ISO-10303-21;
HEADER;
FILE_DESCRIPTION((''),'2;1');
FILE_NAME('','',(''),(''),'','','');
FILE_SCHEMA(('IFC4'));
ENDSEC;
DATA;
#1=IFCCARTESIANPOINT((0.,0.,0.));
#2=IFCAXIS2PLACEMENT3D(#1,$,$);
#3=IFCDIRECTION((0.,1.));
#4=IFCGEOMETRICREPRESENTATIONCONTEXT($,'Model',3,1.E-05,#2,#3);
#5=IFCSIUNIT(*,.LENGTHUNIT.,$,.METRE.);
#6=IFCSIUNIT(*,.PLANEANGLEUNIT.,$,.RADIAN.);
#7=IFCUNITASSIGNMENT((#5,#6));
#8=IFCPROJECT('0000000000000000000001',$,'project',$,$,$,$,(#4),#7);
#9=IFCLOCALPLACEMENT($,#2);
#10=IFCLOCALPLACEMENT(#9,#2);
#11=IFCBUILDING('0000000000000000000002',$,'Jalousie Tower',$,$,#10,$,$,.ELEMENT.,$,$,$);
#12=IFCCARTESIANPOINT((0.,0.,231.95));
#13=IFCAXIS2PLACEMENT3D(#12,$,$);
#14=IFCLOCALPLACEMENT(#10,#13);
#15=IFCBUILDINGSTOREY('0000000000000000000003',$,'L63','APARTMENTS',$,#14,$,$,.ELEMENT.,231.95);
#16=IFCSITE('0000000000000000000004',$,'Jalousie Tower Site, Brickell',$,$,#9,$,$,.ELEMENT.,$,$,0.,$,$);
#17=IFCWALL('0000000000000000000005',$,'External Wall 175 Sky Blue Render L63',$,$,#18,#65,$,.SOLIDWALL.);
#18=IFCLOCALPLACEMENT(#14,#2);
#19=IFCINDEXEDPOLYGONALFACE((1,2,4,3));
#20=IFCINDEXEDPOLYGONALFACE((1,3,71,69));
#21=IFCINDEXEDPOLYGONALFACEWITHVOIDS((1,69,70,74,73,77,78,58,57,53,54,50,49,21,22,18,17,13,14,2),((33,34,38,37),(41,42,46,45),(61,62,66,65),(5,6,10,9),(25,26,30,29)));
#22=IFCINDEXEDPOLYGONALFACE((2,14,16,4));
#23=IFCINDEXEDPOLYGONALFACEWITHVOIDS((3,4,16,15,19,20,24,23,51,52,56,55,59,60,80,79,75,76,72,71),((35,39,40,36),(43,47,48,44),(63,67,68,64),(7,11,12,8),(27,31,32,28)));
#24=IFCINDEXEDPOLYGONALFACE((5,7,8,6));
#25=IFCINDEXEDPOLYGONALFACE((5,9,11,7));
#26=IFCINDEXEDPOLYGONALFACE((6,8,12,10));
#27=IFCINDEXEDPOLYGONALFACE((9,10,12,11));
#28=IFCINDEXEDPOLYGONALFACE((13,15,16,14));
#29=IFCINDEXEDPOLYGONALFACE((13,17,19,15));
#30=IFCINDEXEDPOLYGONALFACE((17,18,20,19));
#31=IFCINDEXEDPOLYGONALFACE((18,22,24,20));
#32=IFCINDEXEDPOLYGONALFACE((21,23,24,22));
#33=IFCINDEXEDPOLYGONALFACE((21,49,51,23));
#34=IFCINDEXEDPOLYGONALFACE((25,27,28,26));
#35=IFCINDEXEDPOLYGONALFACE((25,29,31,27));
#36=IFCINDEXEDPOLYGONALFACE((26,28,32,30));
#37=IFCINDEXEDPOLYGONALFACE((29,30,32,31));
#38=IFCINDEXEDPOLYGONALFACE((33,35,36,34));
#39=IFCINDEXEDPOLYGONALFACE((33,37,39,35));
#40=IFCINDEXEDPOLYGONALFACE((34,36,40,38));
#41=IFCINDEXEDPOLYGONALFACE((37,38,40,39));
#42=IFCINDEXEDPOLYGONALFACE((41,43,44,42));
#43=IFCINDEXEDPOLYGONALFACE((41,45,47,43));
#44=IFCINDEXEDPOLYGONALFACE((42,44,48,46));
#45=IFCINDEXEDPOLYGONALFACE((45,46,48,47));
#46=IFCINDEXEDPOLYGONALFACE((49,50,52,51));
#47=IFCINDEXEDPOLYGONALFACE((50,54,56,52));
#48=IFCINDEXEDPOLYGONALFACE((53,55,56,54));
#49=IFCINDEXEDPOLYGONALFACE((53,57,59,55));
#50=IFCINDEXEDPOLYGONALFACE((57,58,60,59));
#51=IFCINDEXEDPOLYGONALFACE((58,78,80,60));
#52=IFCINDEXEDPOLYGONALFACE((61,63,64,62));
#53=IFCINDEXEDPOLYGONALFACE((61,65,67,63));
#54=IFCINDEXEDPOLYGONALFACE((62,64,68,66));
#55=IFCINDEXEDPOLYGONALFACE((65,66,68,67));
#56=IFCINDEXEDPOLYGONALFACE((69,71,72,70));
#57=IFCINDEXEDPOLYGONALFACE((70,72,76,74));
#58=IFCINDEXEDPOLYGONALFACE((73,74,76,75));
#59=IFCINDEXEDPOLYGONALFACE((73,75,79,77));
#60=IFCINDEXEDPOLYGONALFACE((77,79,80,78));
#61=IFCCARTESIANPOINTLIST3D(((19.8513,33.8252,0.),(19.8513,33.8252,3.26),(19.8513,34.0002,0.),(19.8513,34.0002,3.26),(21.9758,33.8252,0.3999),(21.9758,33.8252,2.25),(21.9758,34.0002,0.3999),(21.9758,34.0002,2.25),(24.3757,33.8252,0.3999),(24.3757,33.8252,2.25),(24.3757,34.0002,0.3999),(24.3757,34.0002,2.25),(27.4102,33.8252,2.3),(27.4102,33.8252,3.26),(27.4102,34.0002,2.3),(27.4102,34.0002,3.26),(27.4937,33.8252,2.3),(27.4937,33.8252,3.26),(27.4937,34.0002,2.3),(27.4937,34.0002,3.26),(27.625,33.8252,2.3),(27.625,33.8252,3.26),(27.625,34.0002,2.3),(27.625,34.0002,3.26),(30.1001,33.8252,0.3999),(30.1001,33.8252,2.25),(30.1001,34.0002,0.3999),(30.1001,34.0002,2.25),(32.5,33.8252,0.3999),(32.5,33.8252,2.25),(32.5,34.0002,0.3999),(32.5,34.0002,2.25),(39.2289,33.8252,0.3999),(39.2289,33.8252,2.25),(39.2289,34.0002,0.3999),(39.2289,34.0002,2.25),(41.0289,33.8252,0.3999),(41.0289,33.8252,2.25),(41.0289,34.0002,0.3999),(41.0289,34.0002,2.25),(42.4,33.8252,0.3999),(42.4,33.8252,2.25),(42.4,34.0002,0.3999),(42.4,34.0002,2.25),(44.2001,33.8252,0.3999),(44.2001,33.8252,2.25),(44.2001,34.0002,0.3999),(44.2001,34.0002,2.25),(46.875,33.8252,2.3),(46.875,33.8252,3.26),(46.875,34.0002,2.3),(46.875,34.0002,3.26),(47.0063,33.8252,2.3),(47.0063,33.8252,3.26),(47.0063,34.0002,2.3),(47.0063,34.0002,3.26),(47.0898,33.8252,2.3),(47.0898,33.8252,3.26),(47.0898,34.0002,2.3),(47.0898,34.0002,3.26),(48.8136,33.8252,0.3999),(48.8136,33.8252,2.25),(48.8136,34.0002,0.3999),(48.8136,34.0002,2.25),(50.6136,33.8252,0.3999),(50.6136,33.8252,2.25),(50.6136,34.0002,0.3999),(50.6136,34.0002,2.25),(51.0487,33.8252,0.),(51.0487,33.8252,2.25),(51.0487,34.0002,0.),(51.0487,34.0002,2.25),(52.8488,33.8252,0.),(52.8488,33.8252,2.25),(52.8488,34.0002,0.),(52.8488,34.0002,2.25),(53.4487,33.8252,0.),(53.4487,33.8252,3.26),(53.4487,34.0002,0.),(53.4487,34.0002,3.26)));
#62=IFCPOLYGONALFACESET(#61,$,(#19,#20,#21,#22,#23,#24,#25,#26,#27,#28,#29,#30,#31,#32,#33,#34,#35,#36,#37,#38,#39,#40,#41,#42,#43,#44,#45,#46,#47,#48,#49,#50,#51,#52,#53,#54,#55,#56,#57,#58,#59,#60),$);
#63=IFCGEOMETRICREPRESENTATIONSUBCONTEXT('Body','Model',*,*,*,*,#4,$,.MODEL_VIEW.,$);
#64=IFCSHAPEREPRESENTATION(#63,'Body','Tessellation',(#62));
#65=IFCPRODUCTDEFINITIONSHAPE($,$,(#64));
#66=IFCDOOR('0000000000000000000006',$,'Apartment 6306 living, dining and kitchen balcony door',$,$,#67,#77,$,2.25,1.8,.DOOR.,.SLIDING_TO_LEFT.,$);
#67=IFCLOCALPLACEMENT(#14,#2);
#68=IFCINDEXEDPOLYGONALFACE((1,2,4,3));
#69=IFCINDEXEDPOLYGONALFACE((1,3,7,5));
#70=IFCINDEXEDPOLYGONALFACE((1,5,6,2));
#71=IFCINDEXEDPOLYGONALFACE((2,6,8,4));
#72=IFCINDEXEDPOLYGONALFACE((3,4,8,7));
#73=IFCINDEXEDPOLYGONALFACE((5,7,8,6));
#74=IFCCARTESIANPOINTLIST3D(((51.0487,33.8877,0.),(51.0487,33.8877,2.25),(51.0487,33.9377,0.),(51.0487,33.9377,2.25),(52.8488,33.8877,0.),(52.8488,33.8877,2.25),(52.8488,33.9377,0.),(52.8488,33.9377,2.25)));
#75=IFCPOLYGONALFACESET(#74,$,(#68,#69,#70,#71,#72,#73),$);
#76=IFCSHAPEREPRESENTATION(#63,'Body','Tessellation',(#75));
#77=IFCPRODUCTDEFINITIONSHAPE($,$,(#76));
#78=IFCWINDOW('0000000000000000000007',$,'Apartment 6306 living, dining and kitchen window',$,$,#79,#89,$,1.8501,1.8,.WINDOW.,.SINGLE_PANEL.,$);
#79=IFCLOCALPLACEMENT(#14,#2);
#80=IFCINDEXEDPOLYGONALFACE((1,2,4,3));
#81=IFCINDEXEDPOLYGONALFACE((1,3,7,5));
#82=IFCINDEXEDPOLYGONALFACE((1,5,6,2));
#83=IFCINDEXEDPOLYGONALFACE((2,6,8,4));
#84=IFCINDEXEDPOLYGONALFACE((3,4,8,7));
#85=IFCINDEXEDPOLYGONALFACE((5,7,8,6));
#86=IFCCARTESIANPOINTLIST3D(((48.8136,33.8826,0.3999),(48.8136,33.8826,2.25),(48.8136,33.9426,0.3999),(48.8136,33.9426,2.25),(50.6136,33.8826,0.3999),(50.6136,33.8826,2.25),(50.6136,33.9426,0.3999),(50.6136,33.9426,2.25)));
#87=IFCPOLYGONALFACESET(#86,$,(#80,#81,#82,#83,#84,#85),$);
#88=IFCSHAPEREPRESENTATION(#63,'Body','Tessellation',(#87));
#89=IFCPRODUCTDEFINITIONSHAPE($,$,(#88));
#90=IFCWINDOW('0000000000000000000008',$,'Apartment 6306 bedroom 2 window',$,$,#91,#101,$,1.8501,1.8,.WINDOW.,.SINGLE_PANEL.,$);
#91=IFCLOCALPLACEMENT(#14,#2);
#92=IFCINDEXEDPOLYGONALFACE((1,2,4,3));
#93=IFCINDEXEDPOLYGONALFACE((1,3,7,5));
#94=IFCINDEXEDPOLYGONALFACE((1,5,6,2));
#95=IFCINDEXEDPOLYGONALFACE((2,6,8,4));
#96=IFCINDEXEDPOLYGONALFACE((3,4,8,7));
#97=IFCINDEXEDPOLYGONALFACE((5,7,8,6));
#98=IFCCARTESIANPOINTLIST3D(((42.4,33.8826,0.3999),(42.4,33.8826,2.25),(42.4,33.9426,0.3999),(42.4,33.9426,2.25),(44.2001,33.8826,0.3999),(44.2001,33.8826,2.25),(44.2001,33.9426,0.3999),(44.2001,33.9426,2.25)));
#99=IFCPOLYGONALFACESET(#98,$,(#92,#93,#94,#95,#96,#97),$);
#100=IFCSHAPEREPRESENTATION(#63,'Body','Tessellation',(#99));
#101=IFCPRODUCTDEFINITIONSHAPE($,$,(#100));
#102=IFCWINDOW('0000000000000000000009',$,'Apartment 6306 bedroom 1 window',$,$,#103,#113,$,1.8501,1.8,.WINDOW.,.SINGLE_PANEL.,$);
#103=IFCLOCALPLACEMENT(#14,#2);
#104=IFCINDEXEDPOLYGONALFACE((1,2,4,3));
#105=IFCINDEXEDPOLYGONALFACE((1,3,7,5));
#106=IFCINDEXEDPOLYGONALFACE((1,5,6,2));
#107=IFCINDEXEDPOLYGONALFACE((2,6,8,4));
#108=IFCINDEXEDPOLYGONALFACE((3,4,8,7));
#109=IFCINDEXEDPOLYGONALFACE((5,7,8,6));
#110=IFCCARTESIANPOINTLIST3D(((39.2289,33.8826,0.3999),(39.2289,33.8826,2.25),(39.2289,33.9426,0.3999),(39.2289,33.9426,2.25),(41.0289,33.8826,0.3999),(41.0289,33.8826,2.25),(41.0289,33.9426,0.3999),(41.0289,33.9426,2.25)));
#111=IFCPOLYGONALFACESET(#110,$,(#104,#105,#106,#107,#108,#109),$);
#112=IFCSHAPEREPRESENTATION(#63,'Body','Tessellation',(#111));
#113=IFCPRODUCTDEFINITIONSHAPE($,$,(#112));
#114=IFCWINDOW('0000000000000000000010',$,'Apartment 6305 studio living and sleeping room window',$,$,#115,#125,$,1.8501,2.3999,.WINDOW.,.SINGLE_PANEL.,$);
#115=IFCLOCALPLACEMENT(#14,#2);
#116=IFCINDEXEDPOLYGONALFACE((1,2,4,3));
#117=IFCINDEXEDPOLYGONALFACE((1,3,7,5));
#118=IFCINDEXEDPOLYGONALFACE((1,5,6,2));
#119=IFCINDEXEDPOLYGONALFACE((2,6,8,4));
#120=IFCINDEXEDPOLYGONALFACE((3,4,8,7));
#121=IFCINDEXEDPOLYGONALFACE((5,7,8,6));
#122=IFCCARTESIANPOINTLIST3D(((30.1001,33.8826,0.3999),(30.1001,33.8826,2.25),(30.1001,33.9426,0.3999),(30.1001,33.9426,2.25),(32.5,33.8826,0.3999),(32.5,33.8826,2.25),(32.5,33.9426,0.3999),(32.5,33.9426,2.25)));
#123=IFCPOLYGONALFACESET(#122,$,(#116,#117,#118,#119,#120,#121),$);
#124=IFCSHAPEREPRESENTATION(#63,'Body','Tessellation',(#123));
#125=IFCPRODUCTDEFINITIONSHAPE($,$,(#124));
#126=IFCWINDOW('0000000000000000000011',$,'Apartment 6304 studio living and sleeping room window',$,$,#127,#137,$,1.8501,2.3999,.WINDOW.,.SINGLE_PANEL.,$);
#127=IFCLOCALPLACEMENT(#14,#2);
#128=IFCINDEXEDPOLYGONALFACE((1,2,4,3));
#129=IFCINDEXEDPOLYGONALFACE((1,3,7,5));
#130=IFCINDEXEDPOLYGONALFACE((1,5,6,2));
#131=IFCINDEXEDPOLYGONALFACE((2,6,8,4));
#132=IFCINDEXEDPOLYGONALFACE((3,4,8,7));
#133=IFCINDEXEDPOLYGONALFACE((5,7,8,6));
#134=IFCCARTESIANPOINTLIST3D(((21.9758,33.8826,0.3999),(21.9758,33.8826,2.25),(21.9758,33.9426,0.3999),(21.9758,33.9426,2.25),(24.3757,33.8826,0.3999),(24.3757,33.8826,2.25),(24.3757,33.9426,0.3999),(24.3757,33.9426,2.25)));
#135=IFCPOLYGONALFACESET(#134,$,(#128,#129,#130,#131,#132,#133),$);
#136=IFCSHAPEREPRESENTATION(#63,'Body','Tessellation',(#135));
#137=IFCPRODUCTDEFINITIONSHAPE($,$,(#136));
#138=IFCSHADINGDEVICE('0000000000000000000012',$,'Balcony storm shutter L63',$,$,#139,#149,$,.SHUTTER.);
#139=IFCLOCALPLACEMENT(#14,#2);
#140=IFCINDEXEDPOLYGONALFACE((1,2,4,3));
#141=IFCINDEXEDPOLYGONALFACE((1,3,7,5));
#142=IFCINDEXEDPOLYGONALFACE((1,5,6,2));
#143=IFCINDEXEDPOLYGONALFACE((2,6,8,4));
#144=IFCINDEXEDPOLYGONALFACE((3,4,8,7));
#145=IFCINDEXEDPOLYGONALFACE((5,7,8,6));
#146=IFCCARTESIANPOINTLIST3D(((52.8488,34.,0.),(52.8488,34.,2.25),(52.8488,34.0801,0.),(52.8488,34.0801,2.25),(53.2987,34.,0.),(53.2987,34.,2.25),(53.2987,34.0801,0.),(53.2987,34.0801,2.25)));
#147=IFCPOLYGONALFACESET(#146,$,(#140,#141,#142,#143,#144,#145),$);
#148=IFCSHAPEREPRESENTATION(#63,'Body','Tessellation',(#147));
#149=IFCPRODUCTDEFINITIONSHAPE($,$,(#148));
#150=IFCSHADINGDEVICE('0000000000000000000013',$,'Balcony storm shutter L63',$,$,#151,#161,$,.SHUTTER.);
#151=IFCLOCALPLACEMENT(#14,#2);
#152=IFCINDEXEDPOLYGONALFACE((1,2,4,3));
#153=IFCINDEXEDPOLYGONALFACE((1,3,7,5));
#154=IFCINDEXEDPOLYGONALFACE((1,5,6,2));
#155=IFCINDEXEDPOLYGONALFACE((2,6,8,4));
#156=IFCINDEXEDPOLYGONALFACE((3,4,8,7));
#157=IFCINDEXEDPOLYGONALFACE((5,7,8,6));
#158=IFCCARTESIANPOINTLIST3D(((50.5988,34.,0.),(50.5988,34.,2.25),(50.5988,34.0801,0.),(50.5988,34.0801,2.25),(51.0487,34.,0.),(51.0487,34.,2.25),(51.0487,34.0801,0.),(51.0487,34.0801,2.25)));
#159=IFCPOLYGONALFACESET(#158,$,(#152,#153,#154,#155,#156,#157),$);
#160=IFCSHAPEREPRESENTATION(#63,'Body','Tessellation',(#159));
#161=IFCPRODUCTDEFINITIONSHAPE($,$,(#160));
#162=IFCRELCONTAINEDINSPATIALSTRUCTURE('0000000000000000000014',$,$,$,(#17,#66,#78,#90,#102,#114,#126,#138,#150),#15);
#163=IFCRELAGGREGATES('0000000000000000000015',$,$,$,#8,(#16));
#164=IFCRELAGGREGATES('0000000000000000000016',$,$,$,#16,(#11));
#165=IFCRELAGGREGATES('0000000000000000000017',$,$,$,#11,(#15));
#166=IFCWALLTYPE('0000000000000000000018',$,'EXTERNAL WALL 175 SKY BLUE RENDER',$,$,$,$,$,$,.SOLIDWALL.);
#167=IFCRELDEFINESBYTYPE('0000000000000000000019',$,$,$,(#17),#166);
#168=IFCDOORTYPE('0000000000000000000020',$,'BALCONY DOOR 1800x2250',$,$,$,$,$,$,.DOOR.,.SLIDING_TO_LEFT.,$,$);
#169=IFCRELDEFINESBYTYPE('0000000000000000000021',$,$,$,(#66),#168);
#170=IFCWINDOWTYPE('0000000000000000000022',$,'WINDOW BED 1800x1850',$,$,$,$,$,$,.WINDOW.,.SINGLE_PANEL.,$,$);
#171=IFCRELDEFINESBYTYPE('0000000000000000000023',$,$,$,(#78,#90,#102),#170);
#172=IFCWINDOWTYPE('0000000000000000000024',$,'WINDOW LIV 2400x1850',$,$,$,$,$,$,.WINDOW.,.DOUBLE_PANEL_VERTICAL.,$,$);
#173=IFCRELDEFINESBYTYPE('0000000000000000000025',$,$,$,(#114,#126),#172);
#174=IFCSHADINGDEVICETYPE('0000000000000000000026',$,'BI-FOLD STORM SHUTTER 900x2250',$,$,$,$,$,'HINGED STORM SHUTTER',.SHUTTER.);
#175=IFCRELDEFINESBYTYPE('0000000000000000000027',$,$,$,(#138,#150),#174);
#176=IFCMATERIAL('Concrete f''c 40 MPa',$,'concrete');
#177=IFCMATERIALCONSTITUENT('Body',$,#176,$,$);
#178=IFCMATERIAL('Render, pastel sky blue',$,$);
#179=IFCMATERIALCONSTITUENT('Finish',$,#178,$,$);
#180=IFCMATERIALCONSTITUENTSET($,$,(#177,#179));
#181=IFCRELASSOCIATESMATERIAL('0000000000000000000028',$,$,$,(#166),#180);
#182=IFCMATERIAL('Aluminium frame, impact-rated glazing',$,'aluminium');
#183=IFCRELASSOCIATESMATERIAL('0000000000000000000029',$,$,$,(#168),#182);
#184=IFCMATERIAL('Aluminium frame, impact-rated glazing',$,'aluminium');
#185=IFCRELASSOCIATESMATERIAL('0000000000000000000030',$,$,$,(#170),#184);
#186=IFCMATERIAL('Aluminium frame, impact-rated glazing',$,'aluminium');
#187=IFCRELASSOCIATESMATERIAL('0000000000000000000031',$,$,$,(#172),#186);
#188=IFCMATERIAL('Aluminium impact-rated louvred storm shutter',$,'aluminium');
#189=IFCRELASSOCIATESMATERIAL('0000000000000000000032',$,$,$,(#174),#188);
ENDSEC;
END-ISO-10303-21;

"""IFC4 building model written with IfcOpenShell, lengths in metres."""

from ifc_helpers import new_model, si_unit, direction, frame, frame_2d, origin, origin_2d, place, context, subcontext, project, spatial, polyline, rectangle, outline, extrude, material, constituent, constituent_set, type_object, element, fill, save


model = new_model("IFC4")

# Units and contexts
model_context = context("Model", 3, precision=1e-05, world=origin(), true_north=direction((0.0, 1.0)))
body_context = subcontext(model_context, "Body", "Model", "MODEL_VIEW")
ifc_project = project(units=[si_unit("LENGTHUNIT", "METRE"), si_unit("PLANEANGLEUNIT", "RADIAN")], contexts=[model_context])

# Site, building, storey
site_placement = place(None, origin())
site = spatial("IfcSite", under=ifc_project, at=site_placement, Name="Jalousie Tower Site, Brickell", CompositionType="ELEMENT", RefElevation=0.0)
building_placement = place(site_placement, origin())
building = spatial("IfcBuilding", under=site, at=building_placement, Name="Jalousie Tower", CompositionType="ELEMENT")
storey_placement = place(building_placement, frame((0.0, 0.0, 231.95)))
storey = spatial("IfcBuildingStorey", under=building, at=storey_placement, Name="L63", Description="APARTMENTS", CompositionType="ELEMENT", Elevation=231.95)

# Wall, openings, door, windows
ifc_material_1 = material(Name="Concrete f'c 40 MPa", Category="concrete")
ifc_constituent_1 = constituent(ifc_material_1, Name="Body")
ifc_material_2 = material(Name="Render, pastel sky blue")
ifc_constituent_2 = constituent(ifc_material_2, Name="Finish")
ifc_constituent_set_1 = constituent_set(constituents=[ifc_constituent_1, ifc_constituent_2])
wall_type_1 = type_object("IfcWallType", Name="EXTERNAL WALL 175 SKY BLUE RENDER", PredefinedType="SOLIDWALL", material=ifc_constituent_set_1)
wall_1_placement = place(storey_placement, frame((53.4487, 33.9126, 0.0), z_axis=(0.0, 0.0, 1.0), x_axis=(-1.0, 0.0, 0.0)))
wall_1 = element("IfcWall", 1, at=wall_1_placement, inside=storey, type_object=wall_type_1, Name="External Wall 175 Sky Blue Render L63", PredefinedType="SOLIDWALL", context=body_context, shape_type="SweptSolid", body=[
    extrude(outline(polyline([(0.0, 0.0), (33.5974, 0.0), (33.5974, 3.26), (26.0386, 3.26), (26.0386, 2.3), (25.9551, 2.3), (25.9551, 3.26), (25.8237, 3.26), (25.8237, 2.3), (6.5737, 2.3), (6.5737, 3.26), (6.4424, 3.26), (6.4424, 2.3), (6.3589, 2.3), (6.3589, 3.26), (0.0, 3.26), (0.0, 0.0)])), frame((0.0, 0.0874, 0.0), z_axis=(0.0, -1.0, 0.0), x_axis=(1.0, 0.0, 0.0)), (0.0, 0.0, 1.0), 0.175),
])
opening_1_placement = place(wall_1_placement, frame((0.6001, 0.0, 0.0)))
opening_1 = element("IfcOpeningElement", 2, at=opening_1_placement, cuts=wall_1, PredefinedType="OPENING", context=body_context, shape_type="SweptSolid", body=[
    extrude(rectangle(XDim=1.8, YDim=2.25, at=frame_2d((0.8999, 1.125))), frame((0.0, 0.0974, 0.0), z_axis=(0.0, -1.0, 0.0), x_axis=(1.0, 0.0, 0.0)), (0.0, 0.0, 1.0), 0.1951),
])
opening_2_placement = place(wall_1_placement, frame((2.8352, 0.0, 0.3999)))
opening_2 = element("IfcOpeningElement", 3, at=opening_2_placement, cuts=wall_1, PredefinedType="OPENING", context=body_context, shape_type="SweptSolid", body=[
    extrude(rectangle(XDim=1.8, YDim=1.8501, at=frame_2d((0.8999, 0.925))), frame((0.0, 0.0974, 0.0), z_axis=(0.0, -1.0, 0.0), x_axis=(1.0, 0.0, 0.0)), (0.0, 0.0, 1.0), 0.1951),
])
opening_3_placement = place(wall_1_placement, frame((9.2488, 0.0, 0.3999)))
opening_3 = element("IfcOpeningElement", 4, at=opening_3_placement, cuts=wall_1, PredefinedType="OPENING", context=body_context, shape_type="SweptSolid", body=[
    extrude(rectangle(XDim=1.8, YDim=1.8501, at=frame_2d((0.8999, 0.925))), frame((0.0, 0.0974, 0.0), z_axis=(0.0, -1.0, 0.0), x_axis=(1.0, 0.0, 0.0)), (0.0, 0.0, 1.0), 0.1951),
])
opening_4_placement = place(wall_1_placement, frame((12.4199, 0.0, 0.3999)))
opening_4 = element("IfcOpeningElement", 5, at=opening_4_placement, cuts=wall_1, PredefinedType="OPENING", context=body_context, shape_type="SweptSolid", body=[
    extrude(rectangle(XDim=1.8, YDim=1.8501, at=frame_2d((0.8999, 0.925))), frame((0.0, 0.0974, 0.0), z_axis=(0.0, -1.0, 0.0), x_axis=(1.0, 0.0, 0.0)), (0.0, 0.0, 1.0), 0.1951),
])
opening_5_placement = place(wall_1_placement, frame((20.9487, 0.0, 0.3999)))
opening_5 = element("IfcOpeningElement", 6, at=opening_5_placement, cuts=wall_1, PredefinedType="OPENING", context=body_context, shape_type="SweptSolid", body=[
    extrude(rectangle(XDim=2.3999, YDim=1.8501, at=frame_2d((1.2, 0.925))), frame((0.0, 0.0974, 0.0), z_axis=(0.0, -1.0, 0.0), x_axis=(1.0, 0.0, 0.0)), (0.0, 0.0, 1.0), 0.1951),
])
opening_6_placement = place(wall_1_placement, frame((29.073, 0.0, 0.3999)))
opening_6 = element("IfcOpeningElement", 7, at=opening_6_placement, cuts=wall_1, PredefinedType="OPENING", context=body_context, shape_type="SweptSolid", body=[
    extrude(rectangle(XDim=2.3999, YDim=1.8501, at=frame_2d((1.2, 0.925))), frame((0.0, 0.0974, 0.0), z_axis=(0.0, -1.0, 0.0), x_axis=(1.0, 0.0, 0.0)), (0.0, 0.0, 1.0), 0.1951),
])
ifc_material_3 = material(Name="Aluminium frame, impact-rated glazing", Category="aluminium")
door_type_1 = type_object("IfcDoorType", Name="BALCONY DOOR 1800x2250", OperationType="SLIDING_TO_LEFT", PredefinedType="DOOR", material=ifc_material_3)
door_1_placement = place(opening_1_placement, origin())
door_1 = element("IfcDoor", 8, at=door_1_placement, inside=storey, type_object=door_type_1, Name="Apartment 6306 living, dining and kitchen balcony door", OperationType="SLIDING_TO_LEFT", OverallHeight=2.25, OverallWidth=1.8, PredefinedType="DOOR", context=body_context, shape_type="SweptSolid", body=[
    extrude(rectangle(XDim=1.8, YDim=2.25, at=frame_2d((0.8999, 1.125))), frame((0.0, 0.0249, 0.0), z_axis=(0.0, -1.0, 0.0), x_axis=(1.0, 0.0, 0.0)), (0.0, 0.0, 1.0), 0.05),
])
fill(opening_1, door_1)
ifc_material_4 = material(Name="Aluminium frame, impact-rated glazing", Category="aluminium")
window_type_1 = type_object("IfcWindowType", Name="WINDOW BED 1800x1850", PartitioningType="SINGLE_PANEL", PredefinedType="WINDOW", material=ifc_material_4)
window_1_placement = place(opening_2_placement, origin())
window_1 = element("IfcWindow", 9, at=window_1_placement, inside=storey, type_object=window_type_1, Name="Apartment 6306 living, dining and kitchen window", OverallHeight=1.8501, OverallWidth=1.8, PartitioningType="SINGLE_PANEL", PredefinedType="WINDOW", context=body_context, shape_type="SweptSolid", body=[
    extrude(rectangle(XDim=1.8, YDim=1.8501, at=frame_2d((0.8999, 0.925))), frame((0.0, 0.03, 0.0), z_axis=(0.0, -1.0, 0.0), x_axis=(1.0, 0.0, 0.0)), (0.0, 0.0, 1.0), 0.0601),
])
fill(opening_2, window_1)
window_2_placement = place(opening_3_placement, origin())
window_2 = element("IfcWindow", 10, at=window_2_placement, inside=storey, type_object=window_type_1, Name="Apartment 6306 bedroom 2 window", OverallHeight=1.8501, OverallWidth=1.8, PartitioningType="SINGLE_PANEL", PredefinedType="WINDOW", context=body_context, shape_type="SweptSolid", body=[
    extrude(rectangle(XDim=1.8, YDim=1.8501, at=frame_2d((0.8999, 0.925))), frame((0.0, 0.03, 0.0), z_axis=(0.0, -1.0, 0.0), x_axis=(1.0, 0.0, 0.0)), (0.0, 0.0, 1.0), 0.0601),
])
fill(opening_3, window_2)
window_3_placement = place(opening_4_placement, origin())
window_3 = element("IfcWindow", 11, at=window_3_placement, inside=storey, type_object=window_type_1, Name="Apartment 6306 bedroom 1 window", OverallHeight=1.8501, OverallWidth=1.8, PartitioningType="SINGLE_PANEL", PredefinedType="WINDOW", context=body_context, shape_type="SweptSolid", body=[
    extrude(rectangle(XDim=1.8, YDim=1.8501, at=frame_2d((0.8999, 0.925))), frame((0.0, 0.03, 0.0), z_axis=(0.0, -1.0, 0.0), x_axis=(1.0, 0.0, 0.0)), (0.0, 0.0, 1.0), 0.0601),
])
fill(opening_4, window_3)
ifc_material_5 = material(Name="Aluminium frame, impact-rated glazing", Category="aluminium")
window_type_2 = type_object("IfcWindowType", Name="WINDOW LIV 2400x1850", PartitioningType="DOUBLE_PANEL_VERTICAL", PredefinedType="WINDOW", material=ifc_material_5)
window_4_placement = place(opening_5_placement, origin())
window_4 = element("IfcWindow", 12, at=window_4_placement, inside=storey, type_object=window_type_2, Name="Apartment 6305 studio living and sleeping room window", OverallHeight=1.8501, OverallWidth=2.3999, PartitioningType="SINGLE_PANEL", PredefinedType="WINDOW", context=body_context, shape_type="SweptSolid", body=[
    extrude(rectangle(XDim=2.3999, YDim=1.8501, at=frame_2d((1.2, 0.925))), frame((0.0, 0.03, 0.0), z_axis=(0.0, -1.0, 0.0), x_axis=(1.0, 0.0, 0.0)), (0.0, 0.0, 1.0), 0.0601),
])
fill(opening_5, window_4)
window_5_placement = place(opening_6_placement, origin())
window_5 = element("IfcWindow", 13, at=window_5_placement, inside=storey, type_object=window_type_2, Name="Apartment 6304 studio living and sleeping room window", OverallHeight=1.8501, OverallWidth=2.3999, PartitioningType="SINGLE_PANEL", PredefinedType="WINDOW", context=body_context, shape_type="SweptSolid", body=[
    extrude(rectangle(XDim=2.3999, YDim=1.8501, at=frame_2d((1.2, 0.925))), frame((0.0, 0.03, 0.0), z_axis=(0.0, -1.0, 0.0), x_axis=(1.0, 0.0, 0.0)), (0.0, 0.0, 1.0), 0.0601),
])
fill(opening_6, window_5)

# Shading devices
ifc_material_6 = material(Name="Aluminium impact-rated louvred storm shutter", Category="aluminium")
shading_device_type_1 = type_object("IfcShadingDeviceType", Name="BI-FOLD STORM SHUTTER 900x2250", ElementType="HINGED STORM SHUTTER", PredefinedType="SHUTTER", material=ifc_material_6)
for number, where, z_axis, x_axis, name in (
    (14, (53.0737, 34.04, 0.0), (0.0, 0.0, 1.0), (-1.0, 0.0, 0.0), "Balcony storm shutter L63"),
    (15, (50.8237, 34.04, 0.0), (0.0, 0.0, 1.0), (-1.0, 0.0, 0.0), "Balcony storm shutter L63"),
):
    element("IfcShadingDevice", number, at=place(storey_placement, frame(where, z_axis=z_axis, x_axis=x_axis)), inside=storey, type_object=shading_device_type_1, Name=name, PredefinedType="SHUTTER", context=body_context, shape_type="SweptSolid", body=[
        extrude(rectangle(XDim=0.45, YDim=0.0801, at=origin_2d()), origin(), (0.0, 0.0, 1.0), 2.25),
    ])

save(model, "model.ifc")
